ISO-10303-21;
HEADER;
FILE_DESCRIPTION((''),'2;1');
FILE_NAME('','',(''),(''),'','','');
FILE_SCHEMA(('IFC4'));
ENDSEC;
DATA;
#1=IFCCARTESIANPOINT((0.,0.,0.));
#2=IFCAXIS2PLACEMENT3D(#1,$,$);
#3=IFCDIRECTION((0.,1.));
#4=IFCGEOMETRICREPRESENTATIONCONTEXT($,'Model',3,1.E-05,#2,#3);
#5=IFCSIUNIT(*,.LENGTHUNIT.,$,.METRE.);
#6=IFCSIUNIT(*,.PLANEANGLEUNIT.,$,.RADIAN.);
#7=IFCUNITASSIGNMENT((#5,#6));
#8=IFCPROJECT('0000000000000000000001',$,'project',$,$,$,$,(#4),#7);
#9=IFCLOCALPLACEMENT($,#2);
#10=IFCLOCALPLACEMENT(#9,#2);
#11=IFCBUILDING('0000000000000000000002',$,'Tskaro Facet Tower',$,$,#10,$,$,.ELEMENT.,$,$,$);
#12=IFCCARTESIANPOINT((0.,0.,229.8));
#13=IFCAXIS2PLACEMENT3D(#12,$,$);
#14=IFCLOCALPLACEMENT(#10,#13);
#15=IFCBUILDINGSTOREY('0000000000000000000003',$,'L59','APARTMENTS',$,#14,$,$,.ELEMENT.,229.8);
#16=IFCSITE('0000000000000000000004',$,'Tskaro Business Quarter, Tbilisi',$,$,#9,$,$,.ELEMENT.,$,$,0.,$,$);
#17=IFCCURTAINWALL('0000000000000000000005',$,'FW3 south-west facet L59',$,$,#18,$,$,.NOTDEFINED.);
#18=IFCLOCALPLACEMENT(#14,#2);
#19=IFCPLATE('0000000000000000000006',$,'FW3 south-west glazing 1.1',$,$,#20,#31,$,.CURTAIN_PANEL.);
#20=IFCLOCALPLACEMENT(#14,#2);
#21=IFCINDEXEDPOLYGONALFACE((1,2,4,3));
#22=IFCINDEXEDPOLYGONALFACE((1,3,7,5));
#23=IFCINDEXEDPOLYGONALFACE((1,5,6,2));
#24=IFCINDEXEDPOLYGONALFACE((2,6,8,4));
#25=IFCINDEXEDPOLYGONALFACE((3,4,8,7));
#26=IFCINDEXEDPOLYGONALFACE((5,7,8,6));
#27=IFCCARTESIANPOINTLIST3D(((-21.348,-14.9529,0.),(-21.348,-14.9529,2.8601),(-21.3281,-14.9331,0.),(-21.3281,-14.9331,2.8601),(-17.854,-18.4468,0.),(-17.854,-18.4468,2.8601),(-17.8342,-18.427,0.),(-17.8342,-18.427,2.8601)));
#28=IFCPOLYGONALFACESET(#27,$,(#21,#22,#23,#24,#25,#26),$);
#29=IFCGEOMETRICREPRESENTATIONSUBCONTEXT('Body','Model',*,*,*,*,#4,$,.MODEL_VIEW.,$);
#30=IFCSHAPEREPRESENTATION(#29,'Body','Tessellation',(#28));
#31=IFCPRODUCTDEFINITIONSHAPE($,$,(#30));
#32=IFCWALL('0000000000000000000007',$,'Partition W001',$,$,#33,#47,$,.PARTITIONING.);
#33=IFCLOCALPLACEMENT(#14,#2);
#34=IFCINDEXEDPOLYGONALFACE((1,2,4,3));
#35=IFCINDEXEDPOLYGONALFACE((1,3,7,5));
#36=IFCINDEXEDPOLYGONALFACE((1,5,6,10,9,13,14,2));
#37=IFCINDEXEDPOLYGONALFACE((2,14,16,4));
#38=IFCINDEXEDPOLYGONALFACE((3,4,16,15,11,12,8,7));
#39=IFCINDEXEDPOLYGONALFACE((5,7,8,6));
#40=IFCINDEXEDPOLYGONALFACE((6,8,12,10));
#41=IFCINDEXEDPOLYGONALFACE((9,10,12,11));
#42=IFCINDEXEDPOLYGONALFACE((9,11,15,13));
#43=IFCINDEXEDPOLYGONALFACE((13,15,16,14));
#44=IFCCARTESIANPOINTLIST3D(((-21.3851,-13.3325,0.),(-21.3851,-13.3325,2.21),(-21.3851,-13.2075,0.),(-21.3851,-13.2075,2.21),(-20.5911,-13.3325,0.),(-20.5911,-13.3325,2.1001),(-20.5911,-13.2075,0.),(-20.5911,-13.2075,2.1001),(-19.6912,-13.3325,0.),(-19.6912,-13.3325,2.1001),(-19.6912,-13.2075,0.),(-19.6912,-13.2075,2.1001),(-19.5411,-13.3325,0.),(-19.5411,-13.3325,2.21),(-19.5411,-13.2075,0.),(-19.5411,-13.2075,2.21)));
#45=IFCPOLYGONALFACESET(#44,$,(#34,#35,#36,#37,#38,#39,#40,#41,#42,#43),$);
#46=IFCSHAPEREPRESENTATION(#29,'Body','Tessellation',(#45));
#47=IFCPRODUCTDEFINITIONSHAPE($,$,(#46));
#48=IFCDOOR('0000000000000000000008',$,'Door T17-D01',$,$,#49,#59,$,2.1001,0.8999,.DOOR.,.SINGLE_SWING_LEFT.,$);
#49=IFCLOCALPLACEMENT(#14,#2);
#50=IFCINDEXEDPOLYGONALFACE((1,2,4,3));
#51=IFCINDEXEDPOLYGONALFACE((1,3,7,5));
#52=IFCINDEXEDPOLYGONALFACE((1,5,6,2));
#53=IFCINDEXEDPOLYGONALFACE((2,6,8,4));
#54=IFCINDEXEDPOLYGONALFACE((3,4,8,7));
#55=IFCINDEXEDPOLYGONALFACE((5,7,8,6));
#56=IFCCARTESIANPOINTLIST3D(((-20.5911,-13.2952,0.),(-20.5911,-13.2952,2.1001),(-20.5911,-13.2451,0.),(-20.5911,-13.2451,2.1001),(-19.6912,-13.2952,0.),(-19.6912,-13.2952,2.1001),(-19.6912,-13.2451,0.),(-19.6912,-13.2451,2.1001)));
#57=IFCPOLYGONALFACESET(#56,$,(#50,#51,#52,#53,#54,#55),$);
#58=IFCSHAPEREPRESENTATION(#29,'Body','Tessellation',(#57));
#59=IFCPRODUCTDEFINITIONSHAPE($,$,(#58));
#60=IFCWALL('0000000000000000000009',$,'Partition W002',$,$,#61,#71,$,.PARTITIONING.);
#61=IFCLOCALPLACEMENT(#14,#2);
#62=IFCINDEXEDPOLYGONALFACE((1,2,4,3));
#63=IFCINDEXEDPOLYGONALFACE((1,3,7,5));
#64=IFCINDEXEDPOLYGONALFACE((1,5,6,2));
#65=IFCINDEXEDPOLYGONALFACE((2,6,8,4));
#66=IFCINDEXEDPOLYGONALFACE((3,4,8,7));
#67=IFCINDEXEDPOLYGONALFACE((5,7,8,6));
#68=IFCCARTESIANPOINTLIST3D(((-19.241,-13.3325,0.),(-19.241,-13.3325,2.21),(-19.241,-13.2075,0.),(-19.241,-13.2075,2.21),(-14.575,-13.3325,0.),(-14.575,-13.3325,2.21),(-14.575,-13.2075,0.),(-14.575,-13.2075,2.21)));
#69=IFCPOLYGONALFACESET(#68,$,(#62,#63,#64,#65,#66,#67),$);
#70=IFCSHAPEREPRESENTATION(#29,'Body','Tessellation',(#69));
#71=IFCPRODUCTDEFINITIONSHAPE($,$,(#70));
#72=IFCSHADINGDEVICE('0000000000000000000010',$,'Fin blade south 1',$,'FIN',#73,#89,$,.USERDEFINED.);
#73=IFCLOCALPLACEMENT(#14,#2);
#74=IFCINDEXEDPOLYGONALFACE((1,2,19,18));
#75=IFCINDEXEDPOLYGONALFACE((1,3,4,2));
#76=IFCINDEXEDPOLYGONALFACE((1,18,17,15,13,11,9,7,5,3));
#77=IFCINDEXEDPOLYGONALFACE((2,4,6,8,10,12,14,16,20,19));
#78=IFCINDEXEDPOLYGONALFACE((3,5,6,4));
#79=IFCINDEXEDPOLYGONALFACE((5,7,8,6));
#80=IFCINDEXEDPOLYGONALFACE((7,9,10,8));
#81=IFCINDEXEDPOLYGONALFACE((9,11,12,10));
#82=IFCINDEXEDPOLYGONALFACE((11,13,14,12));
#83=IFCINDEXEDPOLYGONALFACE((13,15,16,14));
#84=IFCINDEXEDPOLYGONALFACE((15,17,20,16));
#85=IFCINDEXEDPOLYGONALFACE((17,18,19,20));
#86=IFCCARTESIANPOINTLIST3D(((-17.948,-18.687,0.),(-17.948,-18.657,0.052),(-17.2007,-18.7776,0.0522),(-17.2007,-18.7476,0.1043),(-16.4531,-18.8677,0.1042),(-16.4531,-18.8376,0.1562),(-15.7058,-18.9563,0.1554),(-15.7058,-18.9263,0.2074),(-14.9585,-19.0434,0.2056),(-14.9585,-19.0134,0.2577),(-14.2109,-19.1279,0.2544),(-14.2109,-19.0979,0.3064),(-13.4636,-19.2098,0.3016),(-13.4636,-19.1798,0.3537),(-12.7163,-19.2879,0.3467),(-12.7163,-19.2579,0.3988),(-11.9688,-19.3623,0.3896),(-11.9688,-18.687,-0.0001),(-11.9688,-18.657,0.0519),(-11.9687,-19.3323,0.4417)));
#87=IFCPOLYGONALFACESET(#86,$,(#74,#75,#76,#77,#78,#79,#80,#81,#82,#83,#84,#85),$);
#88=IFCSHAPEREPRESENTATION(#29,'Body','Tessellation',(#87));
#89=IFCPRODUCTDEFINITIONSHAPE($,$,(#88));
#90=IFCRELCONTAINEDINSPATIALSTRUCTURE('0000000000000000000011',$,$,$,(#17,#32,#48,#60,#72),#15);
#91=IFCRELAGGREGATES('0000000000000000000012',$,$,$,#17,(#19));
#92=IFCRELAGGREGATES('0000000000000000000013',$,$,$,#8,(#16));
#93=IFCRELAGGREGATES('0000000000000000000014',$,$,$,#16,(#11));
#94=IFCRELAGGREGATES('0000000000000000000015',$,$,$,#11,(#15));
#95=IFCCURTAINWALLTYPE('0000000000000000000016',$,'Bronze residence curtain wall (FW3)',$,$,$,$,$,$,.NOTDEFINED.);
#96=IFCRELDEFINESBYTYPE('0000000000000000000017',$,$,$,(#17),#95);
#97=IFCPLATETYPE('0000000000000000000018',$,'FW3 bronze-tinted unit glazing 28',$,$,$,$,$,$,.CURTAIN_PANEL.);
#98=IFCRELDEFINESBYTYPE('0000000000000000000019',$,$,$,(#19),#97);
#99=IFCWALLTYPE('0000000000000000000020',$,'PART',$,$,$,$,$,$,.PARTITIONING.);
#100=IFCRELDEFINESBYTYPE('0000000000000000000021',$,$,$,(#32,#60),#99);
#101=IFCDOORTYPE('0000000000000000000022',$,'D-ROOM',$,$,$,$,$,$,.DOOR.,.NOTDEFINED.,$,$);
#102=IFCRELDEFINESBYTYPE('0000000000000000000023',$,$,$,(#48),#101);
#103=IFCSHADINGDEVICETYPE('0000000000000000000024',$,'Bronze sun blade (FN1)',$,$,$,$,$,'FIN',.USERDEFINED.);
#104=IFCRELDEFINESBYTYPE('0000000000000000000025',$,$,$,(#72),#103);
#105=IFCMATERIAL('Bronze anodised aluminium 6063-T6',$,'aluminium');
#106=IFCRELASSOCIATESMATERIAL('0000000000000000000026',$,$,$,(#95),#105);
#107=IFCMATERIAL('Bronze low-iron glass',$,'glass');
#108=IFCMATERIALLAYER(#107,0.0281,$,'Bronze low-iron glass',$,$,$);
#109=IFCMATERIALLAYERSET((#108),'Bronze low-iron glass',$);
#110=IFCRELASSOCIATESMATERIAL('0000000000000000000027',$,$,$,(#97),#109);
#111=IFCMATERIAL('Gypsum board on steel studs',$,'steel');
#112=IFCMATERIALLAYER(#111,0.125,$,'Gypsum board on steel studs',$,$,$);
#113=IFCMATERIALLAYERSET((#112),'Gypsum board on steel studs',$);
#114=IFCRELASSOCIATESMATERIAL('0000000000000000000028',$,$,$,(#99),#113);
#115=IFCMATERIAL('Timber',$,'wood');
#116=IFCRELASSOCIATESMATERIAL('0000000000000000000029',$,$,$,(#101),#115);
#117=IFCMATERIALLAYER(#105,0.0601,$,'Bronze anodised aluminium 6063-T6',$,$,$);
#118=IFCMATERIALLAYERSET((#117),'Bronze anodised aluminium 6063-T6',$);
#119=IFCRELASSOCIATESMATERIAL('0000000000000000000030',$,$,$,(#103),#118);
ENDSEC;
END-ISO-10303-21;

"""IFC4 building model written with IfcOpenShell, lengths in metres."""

from ifc_helpers import new_model, si_unit, direction, frame, frame_2d, origin, origin_2d, place, context, subcontext, project, spatial, polyline, rectangle, outline, extrude, material, layer, layer_set, type_object, element, fill, aggregate, save


model = new_model("IFC4")

# Units and contexts
model_context = context("Model", 3, precision=1e-05, world=origin(), true_north=direction((0.0, 1.0)))
body_context = subcontext(model_context, "Body", "Model", "MODEL_VIEW")
ifc_project = project(units=[si_unit("LENGTHUNIT", "METRE"), si_unit("PLANEANGLEUNIT", "RADIAN")], contexts=[model_context])

# Site, building, storey
site_placement = place(None, origin())
site = spatial("IfcSite", under=ifc_project, at=site_placement, Name="Tskaro Business Quarter, Tbilisi", CompositionType="ELEMENT", RefElevation=0.0)
building_placement = place(site_placement, origin())
building = spatial("IfcBuilding", under=site, at=building_placement, Name="Tskaro Facet Tower", CompositionType="ELEMENT")
storey_placement = place(building_placement, frame((0.0, 0.0, 229.8)))
storey = spatial("IfcBuildingStorey", under=building, at=storey_placement, Name="L59", Description="APARTMENTS", CompositionType="ELEMENT", Elevation=229.8)

# Curtain wall
ifc_material_1 = material(Name="Bronze anodised aluminium 6063-T6", Category="aluminium")
curtain_wall_type = type_object("IfcCurtainWallType", Name="Bronze residence curtain wall (FW3)", PredefinedType="NOTDEFINED", material=ifc_material_1)
curtain_wall_1_placement = place(storey_placement, origin())
curtain_wall_1 = element("IfcCurtainWall", 1, at=curtain_wall_1_placement, inside=storey, type_object=curtain_wall_type, Name="FW3 south-west facet L59", PredefinedType="NOTDEFINED")

# Shared definitions
ifc_material_2 = material(Name="Bronze low-iron glass", Category="glass")
ifc_layer_1 = layer(ifc_material_2, 0.0281, Name="Bronze low-iron glass")
ifc_layer_set_1 = layer_set([ifc_layer_1], Name="Bronze low-iron glass")
plate_type = type_object("IfcPlateType", Name="FW3 bronze-tinted unit glazing 28", PredefinedType="CURTAIN_PANEL", material=ifc_layer_set_1)

# Plate
plate_1_placement = place(storey_placement, frame((-19.5911, -16.6899, 0.0), z_axis=(0.0, 0.0, 1.0), x_axis=(0.707107, -0.707107, 0.0)))
plate_1 = element("IfcPlate", 2, at=plate_1_placement, type_object=plate_type, Name="FW3 south-west glazing 1.1", PredefinedType="CURTAIN_PANEL", context=body_context, shape_type="SweptSolid", body=[
    extrude(rectangle(XDim=4.9412, YDim=0.0281, at=origin_2d()), origin(), (0.0, 0.0, 1.0), 2.8601),
])
aggregate(curtain_wall_1, [plate_1])

# Wall, opening, door
ifc_material_3 = material(Name="Gypsum board on steel studs", Category="steel")
ifc_layer_2 = layer(ifc_material_3, 0.125, Name="Gypsum board on steel studs")
ifc_layer_set_2 = layer_set([ifc_layer_2], Name="Gypsum board on steel studs")
wall_type = type_object("IfcWallType", Name="PART", PredefinedType="PARTITIONING", material=ifc_layer_set_2)
wall_1_placement = place(storey_placement, frame((-21.385, -13.27, 0.0), z_axis=(0.0, 0.0, 1.0), x_axis=(1.0, 0.0, 0.0)))
wall_1 = element("IfcWall", 3, at=wall_1_placement, inside=storey, type_object=wall_type, Name="Partition W001", PredefinedType="PARTITIONING", context=body_context, shape_type="SweptSolid", body=[
    extrude(rectangle(XDim=1.844, YDim=0.125, at=frame_2d((0.9219, 0.0))), origin(), (0.0, 0.0, 1.0), 2.21),
])
opening_placement = place(wall_1_placement, frame((0.7939, 0.0, 0.0)))
opening = element("IfcOpeningElement", 4, at=opening_placement, cuts=wall_1, PredefinedType="OPENING", context=body_context, shape_type="SweptSolid", body=[
    extrude(rectangle(XDim=0.8999, YDim=2.1001, at=frame_2d((0.45, 1.05))), frame((0.0, 0.0725, 0.0), z_axis=(0.0, -1.0, 0.0), x_axis=(1.0, 0.0, 0.0)), (0.0, 0.0, 1.0), 0.145),
])
ifc_material_4 = material(Name="Timber", Category="wood")
door_type = type_object("IfcDoorType", Name="D-ROOM", OperationType="NOTDEFINED", PredefinedType="DOOR", material=ifc_material_4)
door_placement = place(opening_placement, origin())
door = element("IfcDoor", 5, at=door_placement, inside=storey, type_object=door_type, Name="Door T17-D01", OperationType="SINGLE_SWING_LEFT", OverallHeight=2.1001, OverallWidth=0.8999, PredefinedType="DOOR", context=body_context, shape_type="SweptSolid", body=[
    extrude(rectangle(XDim=0.8999, YDim=2.1001, at=frame_2d((0.45, 1.05))), frame((0.0, 0.0249, 0.0), z_axis=(0.0, -1.0, 0.0), x_axis=(1.0, 0.0, 0.0)), (0.0, 0.0, 1.0), 0.05),
])
fill(opening, door)

# Wall
wall_2_placement = place(storey_placement, frame((-19.241, -13.27, 0.0), z_axis=(0.0, 0.0, 1.0), x_axis=(1.0, 0.0, 0.0)))
element("IfcWall", 6, at=wall_2_placement, inside=storey, type_object=wall_type, Name="Partition W002", PredefinedType="PARTITIONING", context=body_context, shape_type="SweptSolid", body=[
    extrude(rectangle(XDim=4.666, YDim=0.125, at=frame_2d((2.333, 0.0))), origin(), (0.0, 0.0, 1.0), 2.21),
])

# Shading device
ifc_layer_3 = layer(ifc_material_1, 0.0601, Name="Bronze anodised aluminium 6063-T6")
ifc_layer_set_3 = layer_set([ifc_layer_3], Name="Bronze anodised aluminium 6063-T6")
shading_device_type = type_object("IfcShadingDeviceType", Name="Bronze sun blade (FN1)", ElementType="FIN", PredefinedType="USERDEFINED", material=ifc_layer_set_3)
shading_device_placement = place(storey_placement, frame((-17.948, -18.657, 0.052), z_axis=(0.000013, 0.499868, 0.866101), x_axis=(1.0, -0.000006, -0.000011)))
element("IfcShadingDevice", 7, at=shading_device_placement, inside=storey, type_object=shading_device_type, Name="Fin blade south 1", ObjectType="FIN", PredefinedType="USERDEFINED", context=body_context, shape_type="SweptSolid", body=[
    extrude(outline(polyline([(0.0, 0.0), (5.9792, 0.0), (5.9792, -0.7796), (5.2317, -0.6938), (4.4844, -0.6036), (3.7371, -0.509), (2.9895, -0.4115), (2.2422, -0.311), (1.4949, -0.2086), (0.7473, -0.1046), (0.0, 0.0)])), origin(), (0.0, 0.0, -1.0), 0.0601),
])

save(model, "model.ifc")
